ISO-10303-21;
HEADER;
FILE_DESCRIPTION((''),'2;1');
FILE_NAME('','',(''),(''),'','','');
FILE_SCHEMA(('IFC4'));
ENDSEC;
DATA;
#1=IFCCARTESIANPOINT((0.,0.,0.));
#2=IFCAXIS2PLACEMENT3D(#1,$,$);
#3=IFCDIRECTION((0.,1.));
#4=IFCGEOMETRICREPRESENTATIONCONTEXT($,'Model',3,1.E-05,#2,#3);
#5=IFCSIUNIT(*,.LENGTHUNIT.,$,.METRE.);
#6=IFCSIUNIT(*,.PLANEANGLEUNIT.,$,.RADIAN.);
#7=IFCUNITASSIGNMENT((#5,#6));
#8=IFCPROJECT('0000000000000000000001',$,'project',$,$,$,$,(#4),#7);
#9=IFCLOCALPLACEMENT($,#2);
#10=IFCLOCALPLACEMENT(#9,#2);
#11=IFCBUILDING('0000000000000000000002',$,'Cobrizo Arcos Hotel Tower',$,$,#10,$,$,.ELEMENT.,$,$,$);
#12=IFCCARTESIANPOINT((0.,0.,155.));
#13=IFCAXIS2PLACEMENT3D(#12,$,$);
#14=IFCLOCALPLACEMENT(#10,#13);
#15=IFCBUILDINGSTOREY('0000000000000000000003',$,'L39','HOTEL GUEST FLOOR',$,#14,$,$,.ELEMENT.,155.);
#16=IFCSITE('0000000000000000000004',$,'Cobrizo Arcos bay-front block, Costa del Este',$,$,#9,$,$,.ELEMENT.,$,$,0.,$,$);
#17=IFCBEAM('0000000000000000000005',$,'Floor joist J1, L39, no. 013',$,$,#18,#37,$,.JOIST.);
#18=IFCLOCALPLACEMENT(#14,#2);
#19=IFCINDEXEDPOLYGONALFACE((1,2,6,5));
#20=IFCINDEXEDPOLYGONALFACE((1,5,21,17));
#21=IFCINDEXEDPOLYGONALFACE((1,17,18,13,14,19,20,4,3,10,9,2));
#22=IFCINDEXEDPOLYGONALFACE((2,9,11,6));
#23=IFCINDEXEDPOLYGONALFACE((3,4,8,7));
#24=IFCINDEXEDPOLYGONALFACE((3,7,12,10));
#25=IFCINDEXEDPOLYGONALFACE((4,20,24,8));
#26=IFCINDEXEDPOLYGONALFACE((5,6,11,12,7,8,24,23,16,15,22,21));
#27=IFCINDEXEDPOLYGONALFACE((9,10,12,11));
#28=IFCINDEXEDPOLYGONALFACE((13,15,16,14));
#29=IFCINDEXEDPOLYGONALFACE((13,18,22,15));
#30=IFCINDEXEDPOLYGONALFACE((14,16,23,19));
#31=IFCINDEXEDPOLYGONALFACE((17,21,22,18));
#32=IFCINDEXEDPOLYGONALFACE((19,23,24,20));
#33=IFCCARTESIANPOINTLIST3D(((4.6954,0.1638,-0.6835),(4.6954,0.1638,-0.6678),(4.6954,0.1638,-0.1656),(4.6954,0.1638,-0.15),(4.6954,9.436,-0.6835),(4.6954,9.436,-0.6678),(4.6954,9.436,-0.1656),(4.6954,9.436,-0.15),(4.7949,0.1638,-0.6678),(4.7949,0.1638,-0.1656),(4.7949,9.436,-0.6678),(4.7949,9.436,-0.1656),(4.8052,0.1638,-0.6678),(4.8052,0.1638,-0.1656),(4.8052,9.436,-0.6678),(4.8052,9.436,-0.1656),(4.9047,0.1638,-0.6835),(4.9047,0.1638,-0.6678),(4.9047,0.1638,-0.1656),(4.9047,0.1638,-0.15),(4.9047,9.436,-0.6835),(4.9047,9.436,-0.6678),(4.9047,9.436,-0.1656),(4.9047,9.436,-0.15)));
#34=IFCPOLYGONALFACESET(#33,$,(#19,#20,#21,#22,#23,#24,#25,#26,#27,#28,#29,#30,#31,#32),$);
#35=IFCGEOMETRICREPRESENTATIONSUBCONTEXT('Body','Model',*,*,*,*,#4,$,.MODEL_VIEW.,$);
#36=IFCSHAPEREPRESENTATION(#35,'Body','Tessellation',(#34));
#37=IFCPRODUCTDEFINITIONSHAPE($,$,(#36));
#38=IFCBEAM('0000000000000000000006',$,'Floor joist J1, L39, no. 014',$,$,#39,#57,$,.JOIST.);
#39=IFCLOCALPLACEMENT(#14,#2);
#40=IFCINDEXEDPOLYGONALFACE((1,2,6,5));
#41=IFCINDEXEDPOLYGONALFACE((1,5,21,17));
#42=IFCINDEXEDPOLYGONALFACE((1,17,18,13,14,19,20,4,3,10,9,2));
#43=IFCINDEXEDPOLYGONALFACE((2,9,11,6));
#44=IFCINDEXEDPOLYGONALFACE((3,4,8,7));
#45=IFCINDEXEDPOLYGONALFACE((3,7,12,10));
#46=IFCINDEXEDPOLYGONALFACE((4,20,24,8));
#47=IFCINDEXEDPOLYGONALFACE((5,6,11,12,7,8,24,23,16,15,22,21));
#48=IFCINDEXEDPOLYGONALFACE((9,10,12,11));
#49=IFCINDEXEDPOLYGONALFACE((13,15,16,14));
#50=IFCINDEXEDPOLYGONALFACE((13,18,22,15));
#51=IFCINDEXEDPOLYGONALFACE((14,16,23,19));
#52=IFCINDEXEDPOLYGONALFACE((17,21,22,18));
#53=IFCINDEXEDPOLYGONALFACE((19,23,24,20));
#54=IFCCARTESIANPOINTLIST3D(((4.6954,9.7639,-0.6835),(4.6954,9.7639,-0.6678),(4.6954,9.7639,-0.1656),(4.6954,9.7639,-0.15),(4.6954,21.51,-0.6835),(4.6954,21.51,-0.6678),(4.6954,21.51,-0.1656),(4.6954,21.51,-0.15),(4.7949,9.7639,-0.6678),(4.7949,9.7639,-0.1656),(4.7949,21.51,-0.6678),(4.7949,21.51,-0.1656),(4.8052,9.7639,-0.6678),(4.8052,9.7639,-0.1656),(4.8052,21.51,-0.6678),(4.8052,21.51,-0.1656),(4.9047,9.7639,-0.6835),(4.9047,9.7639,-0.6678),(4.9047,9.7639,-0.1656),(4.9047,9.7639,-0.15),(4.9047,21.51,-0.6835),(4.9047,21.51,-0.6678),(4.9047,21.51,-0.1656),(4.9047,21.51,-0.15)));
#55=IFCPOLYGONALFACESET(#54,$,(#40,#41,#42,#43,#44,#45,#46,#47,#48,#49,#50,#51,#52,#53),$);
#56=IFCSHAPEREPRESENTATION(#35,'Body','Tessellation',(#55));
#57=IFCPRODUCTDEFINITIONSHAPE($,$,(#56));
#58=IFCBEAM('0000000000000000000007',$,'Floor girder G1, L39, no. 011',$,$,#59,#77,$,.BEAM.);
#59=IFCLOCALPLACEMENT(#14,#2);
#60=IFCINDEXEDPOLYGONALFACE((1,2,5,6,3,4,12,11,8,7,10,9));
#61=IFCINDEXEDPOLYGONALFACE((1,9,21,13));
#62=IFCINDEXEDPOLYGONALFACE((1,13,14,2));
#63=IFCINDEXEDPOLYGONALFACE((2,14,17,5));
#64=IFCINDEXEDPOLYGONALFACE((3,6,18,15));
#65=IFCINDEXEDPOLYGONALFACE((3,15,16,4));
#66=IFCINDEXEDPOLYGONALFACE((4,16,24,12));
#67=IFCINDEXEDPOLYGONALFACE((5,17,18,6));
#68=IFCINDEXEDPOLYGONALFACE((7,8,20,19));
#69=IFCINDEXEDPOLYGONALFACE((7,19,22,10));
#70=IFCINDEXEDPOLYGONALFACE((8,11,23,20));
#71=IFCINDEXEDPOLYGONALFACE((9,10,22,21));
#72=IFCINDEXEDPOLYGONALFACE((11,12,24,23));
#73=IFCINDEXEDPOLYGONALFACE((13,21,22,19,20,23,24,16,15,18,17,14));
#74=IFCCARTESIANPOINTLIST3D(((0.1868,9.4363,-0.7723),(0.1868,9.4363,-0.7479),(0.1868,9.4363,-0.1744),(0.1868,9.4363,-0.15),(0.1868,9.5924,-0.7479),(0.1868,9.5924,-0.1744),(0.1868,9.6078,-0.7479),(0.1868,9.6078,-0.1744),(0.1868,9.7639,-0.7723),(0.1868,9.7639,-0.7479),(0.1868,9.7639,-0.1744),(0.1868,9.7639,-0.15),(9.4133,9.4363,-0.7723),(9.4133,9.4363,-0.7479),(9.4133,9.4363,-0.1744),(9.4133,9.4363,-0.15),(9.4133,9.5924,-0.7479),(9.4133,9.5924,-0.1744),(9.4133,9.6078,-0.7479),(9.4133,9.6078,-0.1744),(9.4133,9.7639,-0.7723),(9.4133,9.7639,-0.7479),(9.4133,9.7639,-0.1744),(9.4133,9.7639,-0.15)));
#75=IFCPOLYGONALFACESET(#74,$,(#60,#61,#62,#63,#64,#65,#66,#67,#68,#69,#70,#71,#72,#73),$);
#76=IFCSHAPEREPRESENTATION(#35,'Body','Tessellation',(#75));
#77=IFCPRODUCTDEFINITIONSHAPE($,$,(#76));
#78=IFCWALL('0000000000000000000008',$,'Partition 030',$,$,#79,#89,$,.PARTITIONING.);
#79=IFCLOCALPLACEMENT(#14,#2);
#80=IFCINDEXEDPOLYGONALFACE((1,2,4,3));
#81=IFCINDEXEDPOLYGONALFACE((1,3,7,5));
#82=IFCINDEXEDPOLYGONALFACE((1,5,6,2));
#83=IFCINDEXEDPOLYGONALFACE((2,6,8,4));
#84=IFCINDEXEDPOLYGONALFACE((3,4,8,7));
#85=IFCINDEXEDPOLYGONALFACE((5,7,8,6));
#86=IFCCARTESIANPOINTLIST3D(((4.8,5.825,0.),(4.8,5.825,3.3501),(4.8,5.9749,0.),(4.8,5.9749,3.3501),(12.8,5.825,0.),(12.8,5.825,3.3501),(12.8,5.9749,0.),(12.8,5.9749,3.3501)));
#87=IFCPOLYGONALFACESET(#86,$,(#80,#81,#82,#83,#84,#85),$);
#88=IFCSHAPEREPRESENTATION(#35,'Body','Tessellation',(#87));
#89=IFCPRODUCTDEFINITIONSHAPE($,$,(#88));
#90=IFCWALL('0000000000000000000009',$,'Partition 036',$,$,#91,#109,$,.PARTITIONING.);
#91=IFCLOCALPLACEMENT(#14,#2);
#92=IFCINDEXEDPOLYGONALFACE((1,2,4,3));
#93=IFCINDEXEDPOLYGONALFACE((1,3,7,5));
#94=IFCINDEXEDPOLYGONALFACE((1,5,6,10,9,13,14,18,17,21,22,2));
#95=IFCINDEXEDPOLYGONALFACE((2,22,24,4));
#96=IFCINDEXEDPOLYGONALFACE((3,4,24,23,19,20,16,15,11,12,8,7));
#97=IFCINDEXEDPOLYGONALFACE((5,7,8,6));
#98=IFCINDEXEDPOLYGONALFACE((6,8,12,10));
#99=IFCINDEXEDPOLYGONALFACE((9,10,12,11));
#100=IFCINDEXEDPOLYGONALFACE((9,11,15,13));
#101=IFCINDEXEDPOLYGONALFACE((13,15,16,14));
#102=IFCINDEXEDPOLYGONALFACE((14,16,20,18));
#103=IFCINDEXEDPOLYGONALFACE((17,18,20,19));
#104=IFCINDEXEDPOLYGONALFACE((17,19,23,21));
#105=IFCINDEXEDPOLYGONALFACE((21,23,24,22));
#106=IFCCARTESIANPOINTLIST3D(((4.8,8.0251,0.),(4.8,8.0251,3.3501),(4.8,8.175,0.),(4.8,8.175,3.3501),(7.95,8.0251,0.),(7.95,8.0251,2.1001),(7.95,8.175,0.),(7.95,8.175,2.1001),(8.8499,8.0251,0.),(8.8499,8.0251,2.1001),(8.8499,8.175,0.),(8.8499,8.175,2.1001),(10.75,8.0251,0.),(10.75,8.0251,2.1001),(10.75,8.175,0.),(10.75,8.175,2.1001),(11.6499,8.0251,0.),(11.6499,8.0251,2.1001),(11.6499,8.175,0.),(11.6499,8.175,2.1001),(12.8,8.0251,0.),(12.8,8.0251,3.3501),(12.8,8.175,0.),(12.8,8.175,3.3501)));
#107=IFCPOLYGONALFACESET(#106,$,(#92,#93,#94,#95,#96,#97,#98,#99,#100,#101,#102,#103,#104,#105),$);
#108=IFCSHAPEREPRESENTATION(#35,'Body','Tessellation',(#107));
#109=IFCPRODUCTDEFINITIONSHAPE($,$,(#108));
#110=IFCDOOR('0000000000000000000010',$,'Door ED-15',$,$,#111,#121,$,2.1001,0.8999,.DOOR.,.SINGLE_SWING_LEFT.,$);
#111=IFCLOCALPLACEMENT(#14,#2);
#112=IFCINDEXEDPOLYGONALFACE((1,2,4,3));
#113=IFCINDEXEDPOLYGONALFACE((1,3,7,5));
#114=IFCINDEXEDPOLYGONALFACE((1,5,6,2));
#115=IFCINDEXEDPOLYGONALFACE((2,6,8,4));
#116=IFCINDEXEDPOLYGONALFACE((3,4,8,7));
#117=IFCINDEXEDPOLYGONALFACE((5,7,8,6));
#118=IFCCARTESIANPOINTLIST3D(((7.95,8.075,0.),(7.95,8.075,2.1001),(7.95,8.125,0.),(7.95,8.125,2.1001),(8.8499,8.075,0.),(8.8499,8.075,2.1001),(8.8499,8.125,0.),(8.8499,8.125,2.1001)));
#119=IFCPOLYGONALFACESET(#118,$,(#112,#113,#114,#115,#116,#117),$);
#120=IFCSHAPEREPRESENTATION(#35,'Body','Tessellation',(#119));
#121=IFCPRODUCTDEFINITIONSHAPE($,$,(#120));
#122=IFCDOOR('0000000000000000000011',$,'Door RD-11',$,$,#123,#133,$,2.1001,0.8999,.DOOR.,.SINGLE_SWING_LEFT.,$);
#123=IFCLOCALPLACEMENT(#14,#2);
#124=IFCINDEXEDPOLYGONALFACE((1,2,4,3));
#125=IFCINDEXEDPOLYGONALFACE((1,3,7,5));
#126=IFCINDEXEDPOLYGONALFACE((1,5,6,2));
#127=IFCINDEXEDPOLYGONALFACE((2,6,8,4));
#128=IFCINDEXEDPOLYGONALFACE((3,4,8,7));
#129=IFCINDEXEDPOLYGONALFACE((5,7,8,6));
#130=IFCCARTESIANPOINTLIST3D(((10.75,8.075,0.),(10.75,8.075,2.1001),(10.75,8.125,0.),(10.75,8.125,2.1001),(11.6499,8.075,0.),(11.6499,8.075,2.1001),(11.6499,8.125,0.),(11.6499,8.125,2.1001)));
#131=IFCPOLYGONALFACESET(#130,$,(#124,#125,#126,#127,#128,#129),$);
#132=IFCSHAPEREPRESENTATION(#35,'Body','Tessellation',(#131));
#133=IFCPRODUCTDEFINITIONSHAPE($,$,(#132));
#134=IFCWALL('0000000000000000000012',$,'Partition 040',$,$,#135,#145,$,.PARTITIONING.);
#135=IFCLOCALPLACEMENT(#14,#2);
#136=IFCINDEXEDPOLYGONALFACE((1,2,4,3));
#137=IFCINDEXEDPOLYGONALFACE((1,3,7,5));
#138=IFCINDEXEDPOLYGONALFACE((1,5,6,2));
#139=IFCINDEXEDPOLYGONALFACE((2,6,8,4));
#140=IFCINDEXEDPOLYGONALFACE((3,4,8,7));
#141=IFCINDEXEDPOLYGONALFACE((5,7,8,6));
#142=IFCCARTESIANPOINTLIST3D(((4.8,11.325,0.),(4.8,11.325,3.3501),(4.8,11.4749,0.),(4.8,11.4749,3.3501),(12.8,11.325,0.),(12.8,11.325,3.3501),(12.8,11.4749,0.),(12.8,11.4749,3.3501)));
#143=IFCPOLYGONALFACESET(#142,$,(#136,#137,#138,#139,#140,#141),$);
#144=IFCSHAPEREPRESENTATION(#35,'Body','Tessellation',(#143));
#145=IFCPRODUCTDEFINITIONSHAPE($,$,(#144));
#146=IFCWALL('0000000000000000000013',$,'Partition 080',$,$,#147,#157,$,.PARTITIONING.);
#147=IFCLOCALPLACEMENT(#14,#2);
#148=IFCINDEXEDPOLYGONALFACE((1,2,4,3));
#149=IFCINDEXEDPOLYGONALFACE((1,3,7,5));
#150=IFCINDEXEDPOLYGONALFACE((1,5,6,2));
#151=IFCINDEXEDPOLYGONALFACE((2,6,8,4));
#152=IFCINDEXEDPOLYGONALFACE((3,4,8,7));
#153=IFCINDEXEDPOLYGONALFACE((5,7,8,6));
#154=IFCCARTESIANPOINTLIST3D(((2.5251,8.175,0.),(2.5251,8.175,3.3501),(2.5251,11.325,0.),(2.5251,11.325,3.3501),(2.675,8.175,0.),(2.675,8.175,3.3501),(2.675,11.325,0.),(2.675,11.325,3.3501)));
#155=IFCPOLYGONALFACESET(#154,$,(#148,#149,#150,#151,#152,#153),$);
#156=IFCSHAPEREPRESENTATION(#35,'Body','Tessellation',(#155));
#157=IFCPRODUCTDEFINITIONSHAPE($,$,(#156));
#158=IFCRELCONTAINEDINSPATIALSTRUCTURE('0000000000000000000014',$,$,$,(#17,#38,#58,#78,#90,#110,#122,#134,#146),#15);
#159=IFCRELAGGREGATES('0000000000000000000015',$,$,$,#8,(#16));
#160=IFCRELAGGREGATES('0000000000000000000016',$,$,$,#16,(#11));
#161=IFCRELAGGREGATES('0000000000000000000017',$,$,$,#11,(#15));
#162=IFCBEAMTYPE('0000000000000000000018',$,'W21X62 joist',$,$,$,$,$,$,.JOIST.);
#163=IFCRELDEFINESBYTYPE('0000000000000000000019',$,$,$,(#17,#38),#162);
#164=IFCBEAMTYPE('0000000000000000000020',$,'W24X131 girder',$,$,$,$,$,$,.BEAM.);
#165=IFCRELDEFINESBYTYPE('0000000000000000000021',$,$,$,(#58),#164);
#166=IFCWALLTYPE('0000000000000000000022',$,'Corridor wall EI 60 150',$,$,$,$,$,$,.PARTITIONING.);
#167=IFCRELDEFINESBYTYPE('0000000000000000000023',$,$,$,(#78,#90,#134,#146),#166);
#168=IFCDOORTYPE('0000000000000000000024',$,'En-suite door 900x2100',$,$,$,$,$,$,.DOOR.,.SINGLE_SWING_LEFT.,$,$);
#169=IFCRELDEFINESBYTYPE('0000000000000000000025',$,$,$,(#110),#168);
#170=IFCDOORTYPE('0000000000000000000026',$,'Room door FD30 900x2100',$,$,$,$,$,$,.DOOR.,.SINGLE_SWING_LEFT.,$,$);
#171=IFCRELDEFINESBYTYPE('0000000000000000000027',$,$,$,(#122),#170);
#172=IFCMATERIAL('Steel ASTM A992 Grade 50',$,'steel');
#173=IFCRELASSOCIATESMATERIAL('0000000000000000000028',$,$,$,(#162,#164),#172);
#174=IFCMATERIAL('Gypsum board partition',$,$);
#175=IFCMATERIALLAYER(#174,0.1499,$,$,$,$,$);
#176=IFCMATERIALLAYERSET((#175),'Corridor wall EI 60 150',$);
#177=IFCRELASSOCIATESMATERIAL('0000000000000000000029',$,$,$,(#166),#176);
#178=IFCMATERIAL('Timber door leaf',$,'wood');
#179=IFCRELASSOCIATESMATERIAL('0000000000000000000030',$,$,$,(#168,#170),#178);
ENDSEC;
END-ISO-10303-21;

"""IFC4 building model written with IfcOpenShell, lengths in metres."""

from ifc_helpers import new_model, si_unit, direction, frame, frame_2d, origin, origin_2d, place, context, subcontext, project, spatial, rectangle, i_section, extrude, material, layer, layer_set, material_profile, profile_set, type_object, element, fill, save


model = new_model("IFC4")

# Units and contexts
model_context = context("Model", 3, precision=1e-05, world=origin(), true_north=direction((0.0, 1.0)))
body_context = subcontext(model_context, "Body", "Model", "MODEL_VIEW")
ifc_project = project(units=[si_unit("LENGTHUNIT", "METRE"), si_unit("PLANEANGLEUNIT", "RADIAN")], contexts=[model_context])

# Site, building, storey
site_placement = place(None, origin())
site = spatial("IfcSite", under=ifc_project, at=site_placement, Name="Cobrizo Arcos bay-front block, Costa del Este", CompositionType="ELEMENT", RefElevation=0.0)
building_placement = place(site_placement, origin())
building = spatial("IfcBuilding", under=site, at=building_placement, Name="Cobrizo Arcos Hotel Tower", CompositionType="ELEMENT")
storey_placement = place(building_placement, frame((0.0, 0.0, 155.0)))
storey = spatial("IfcBuildingStorey", under=building, at=storey_placement, Name="L39", Description="HOTEL GUEST FLOOR", CompositionType="ELEMENT", Elevation=155.0)

# Beams
ifc_material_1 = material(Name="Steel ASTM A992 Grade 50", Category="steel")
ifc_material_profile_1 = material_profile(ifc_material_1, i_section(OverallWidth=0.2092, OverallDepth=0.5334, WebThickness=0.0103, FlangeThickness=0.0156, at=origin_2d()), Name="W21X62")
ifc_profile_set_1 = profile_set([ifc_material_profile_1], Name="Steel ASTM A992 Grade 50")
beam_type_1 = type_object("IfcBeamType", Name="W21X62 joist", PredefinedType="JOIST", material=ifc_profile_set_1)
beam_1_placement = place(storey_placement, frame((4.8, 0.1638, -0.4167), z_axis=(0.0, 1.0, 0.0), x_axis=(-1.0, 0.0, 0.0)))
element("IfcBeam", 1, at=beam_1_placement, inside=storey, type_object=beam_type_1, Name="Floor joist J1, L39, no. 013", PredefinedType="JOIST", context=body_context, shape_type="SweptSolid", body=[
    extrude(i_section(OverallWidth=0.2092, OverallDepth=0.5334, WebThickness=0.0103, FlangeThickness=0.0156, at=origin_2d()), origin(), (0.0, 0.0, 1.0), 9.2722),
])
beam_2_placement = place(storey_placement, frame((4.8, 9.7639, -0.4167), z_axis=(0.0, 1.0, 0.0), x_axis=(-1.0, 0.0, 0.0)))
element("IfcBeam", 2, at=beam_2_placement, inside=storey, type_object=beam_type_1, Name="Floor joist J1, L39, no. 014", PredefinedType="JOIST", context=body_context, shape_type="SweptSolid", body=[
    extrude(i_section(OverallWidth=0.2092, OverallDepth=0.5334, WebThickness=0.0103, FlangeThickness=0.0156, at=origin_2d()), origin(), (0.0, 0.0, 1.0), 11.7461),
])
ifc_material_profile_2 = material_profile(ifc_material_1, i_section(OverallWidth=0.3276, OverallDepth=0.6223, WebThickness=0.0154, FlangeThickness=0.0244, at=origin_2d()), Name="W24X131")
ifc_profile_set_2 = profile_set([ifc_material_profile_2], Name="Steel ASTM A992 Grade 50")
beam_type_2 = type_object("IfcBeamType", Name="W24X131 girder", PredefinedType="BEAM", material=ifc_profile_set_2)
beam_3_placement = place(storey_placement, frame((0.1868, 9.6001, -0.4612), z_axis=(1.0, 0.0, 0.0), x_axis=(0.0, 1.0, 0.0)))
element("IfcBeam", 3, at=beam_3_placement, inside=storey, type_object=beam_type_2, Name="Floor girder G1, L39, no. 011", PredefinedType="BEAM", context=body_context, shape_type="SweptSolid", body=[
    extrude(i_section(OverallWidth=0.3276, OverallDepth=0.6223, WebThickness=0.0154, FlangeThickness=0.0244, at=origin_2d()), origin(), (0.0, 0.0, 1.0), 9.2266),
])

# Wall
ifc_material_2 = material(Name="Gypsum board partition")
ifc_layer_1 = layer(ifc_material_2, 0.1499)
ifc_layer_set_1 = layer_set([ifc_layer_1], Name="Corridor wall EI 60 150")
wall_type_1 = type_object("IfcWallType", Name="Corridor wall EI 60 150", PredefinedType="PARTITIONING", material=ifc_layer_set_1)
wall_1_placement = place(storey_placement, frame((4.8, 5.8999, 0.0), z_axis=(0.0, 0.0, 1.0), x_axis=(1.0, 0.0, 0.0)))
element("IfcWall", 4, at=wall_1_placement, inside=storey, type_object=wall_type_1, Name="Partition 030", PredefinedType="PARTITIONING", context=body_context, shape_type="SweptSolid", body=[
    extrude(rectangle(XDim=8.0, YDim=0.1499, at=frame_2d((4.0, 0.0))), origin(), (0.0, 0.0, 1.0), 3.3501),
])

# Wall, openings, doors
wall_2_placement = place(storey_placement, frame((4.8, 8.1001, 0.0), z_axis=(0.0, 0.0, 1.0), x_axis=(1.0, 0.0, 0.0)))
wall_2 = element("IfcWall", 5, at=wall_2_placement, inside=storey, type_object=wall_type_1, Name="Partition 036", PredefinedType="PARTITIONING", context=body_context, shape_type="SweptSolid", body=[
    extrude(rectangle(XDim=8.0, YDim=0.1499, at=frame_2d((4.0, 0.0))), origin(), (0.0, 0.0, 1.0), 3.3501),
])
opening_1_placement = place(wall_2_placement, frame((5.95, 0.0, 0.0)))
opening_1 = element("IfcOpeningElement", 6, at=opening_1_placement, cuts=wall_2, PredefinedType="OPENING", context=body_context, shape_type="SweptSolid", body=[
    extrude(rectangle(XDim=0.8999, YDim=2.1001, at=frame_2d((0.45, 1.05))), frame((0.0, 0.0869, 0.0), z_axis=(0.0, -1.0, 0.0), x_axis=(1.0, 0.0, 0.0)), (0.0, 0.0, 1.0), 0.1738),
])
opening_2_placement = place(wall_2_placement, frame((3.1499, 0.0, 0.0)))
opening_2 = element("IfcOpeningElement", 7, at=opening_2_placement, cuts=wall_2, PredefinedType="OPENING", context=body_context, shape_type="SweptSolid", body=[
    extrude(rectangle(XDim=0.8999, YDim=2.1001, at=frame_2d((0.45, 1.05))), frame((0.0, 0.0869, 0.0), z_axis=(0.0, -1.0, 0.0), x_axis=(1.0, 0.0, 0.0)), (0.0, 0.0, 1.0), 0.1738),
])
ifc_material_3 = material(Name="Timber door leaf", Category="wood")
door_type_1 = type_object("IfcDoorType", Name="En-suite door 900x2100", OperationType="SINGLE_SWING_LEFT", PredefinedType="DOOR", material=ifc_material_3)
door_1_placement = place(opening_2_placement, origin())
door_1 = element("IfcDoor", 8, at=door_1_placement, inside=storey, type_object=door_type_1, Name="Door ED-15", OperationType="SINGLE_SWING_LEFT", OverallHeight=2.1001, OverallWidth=0.8999, PredefinedType="DOOR", context=body_context, shape_type="SweptSolid", body=[
    extrude(rectangle(XDim=0.8999, YDim=2.1001, at=frame_2d((0.45, 1.05))), frame((0.0, 0.0249, 0.0), z_axis=(0.0, -1.0, 0.0), x_axis=(1.0, 0.0, 0.0)), (0.0, 0.0, 1.0), 0.05),
])
fill(opening_2, door_1)
door_type_2 = type_object("IfcDoorType", Name="Room door FD30 900x2100", OperationType="SINGLE_SWING_LEFT", PredefinedType="DOOR", material=ifc_material_3)
door_2_placement = place(opening_1_placement, origin())
door_2 = element("IfcDoor", 9, at=door_2_placement, inside=storey, type_object=door_type_2, Name="Door RD-11", OperationType="SINGLE_SWING_LEFT", OverallHeight=2.1001, OverallWidth=0.8999, PredefinedType="DOOR", context=body_context, shape_type="SweptSolid", body=[
    extrude(rectangle(XDim=0.8999, YDim=2.1001, at=frame_2d((0.45, 1.05))), frame((0.0, 0.0249, 0.0), z_axis=(0.0, -1.0, 0.0), x_axis=(1.0, 0.0, 0.0)), (0.0, 0.0, 1.0), 0.05),
])
fill(opening_1, door_2)

# Walls
wall_3_placement = place(storey_placement, frame((4.8, 11.3999, 0.0), z_axis=(0.0, 0.0, 1.0), x_axis=(1.0, 0.0, 0.0)))
element("IfcWall", 10, at=wall_3_placement, inside=storey, type_object=wall_type_1, Name="Partition 040", PredefinedType="PARTITIONING", context=body_context, shape_type="SweptSolid", body=[
    extrude(rectangle(XDim=8.0, YDim=0.1499, at=frame_2d((4.0, 0.0))), origin(), (0.0, 0.0, 1.0), 3.3501),
])
wall_4_placement = place(storey_placement, frame((2.6001, 8.175, 0.0), z_axis=(0.0, 0.0, 1.0), x_axis=(0.0, 1.0, 0.0)))
element("IfcWall", 11, at=wall_4_placement, inside=storey, type_object=wall_type_1, Name="Partition 080", PredefinedType="PARTITIONING", context=body_context, shape_type="SweptSolid", body=[
    extrude(rectangle(XDim=3.1499, YDim=0.1499, at=frame_2d((1.575, 0.0))), origin(), (0.0, 0.0, 1.0), 3.3501),
])

save(model, "model.ifc")
